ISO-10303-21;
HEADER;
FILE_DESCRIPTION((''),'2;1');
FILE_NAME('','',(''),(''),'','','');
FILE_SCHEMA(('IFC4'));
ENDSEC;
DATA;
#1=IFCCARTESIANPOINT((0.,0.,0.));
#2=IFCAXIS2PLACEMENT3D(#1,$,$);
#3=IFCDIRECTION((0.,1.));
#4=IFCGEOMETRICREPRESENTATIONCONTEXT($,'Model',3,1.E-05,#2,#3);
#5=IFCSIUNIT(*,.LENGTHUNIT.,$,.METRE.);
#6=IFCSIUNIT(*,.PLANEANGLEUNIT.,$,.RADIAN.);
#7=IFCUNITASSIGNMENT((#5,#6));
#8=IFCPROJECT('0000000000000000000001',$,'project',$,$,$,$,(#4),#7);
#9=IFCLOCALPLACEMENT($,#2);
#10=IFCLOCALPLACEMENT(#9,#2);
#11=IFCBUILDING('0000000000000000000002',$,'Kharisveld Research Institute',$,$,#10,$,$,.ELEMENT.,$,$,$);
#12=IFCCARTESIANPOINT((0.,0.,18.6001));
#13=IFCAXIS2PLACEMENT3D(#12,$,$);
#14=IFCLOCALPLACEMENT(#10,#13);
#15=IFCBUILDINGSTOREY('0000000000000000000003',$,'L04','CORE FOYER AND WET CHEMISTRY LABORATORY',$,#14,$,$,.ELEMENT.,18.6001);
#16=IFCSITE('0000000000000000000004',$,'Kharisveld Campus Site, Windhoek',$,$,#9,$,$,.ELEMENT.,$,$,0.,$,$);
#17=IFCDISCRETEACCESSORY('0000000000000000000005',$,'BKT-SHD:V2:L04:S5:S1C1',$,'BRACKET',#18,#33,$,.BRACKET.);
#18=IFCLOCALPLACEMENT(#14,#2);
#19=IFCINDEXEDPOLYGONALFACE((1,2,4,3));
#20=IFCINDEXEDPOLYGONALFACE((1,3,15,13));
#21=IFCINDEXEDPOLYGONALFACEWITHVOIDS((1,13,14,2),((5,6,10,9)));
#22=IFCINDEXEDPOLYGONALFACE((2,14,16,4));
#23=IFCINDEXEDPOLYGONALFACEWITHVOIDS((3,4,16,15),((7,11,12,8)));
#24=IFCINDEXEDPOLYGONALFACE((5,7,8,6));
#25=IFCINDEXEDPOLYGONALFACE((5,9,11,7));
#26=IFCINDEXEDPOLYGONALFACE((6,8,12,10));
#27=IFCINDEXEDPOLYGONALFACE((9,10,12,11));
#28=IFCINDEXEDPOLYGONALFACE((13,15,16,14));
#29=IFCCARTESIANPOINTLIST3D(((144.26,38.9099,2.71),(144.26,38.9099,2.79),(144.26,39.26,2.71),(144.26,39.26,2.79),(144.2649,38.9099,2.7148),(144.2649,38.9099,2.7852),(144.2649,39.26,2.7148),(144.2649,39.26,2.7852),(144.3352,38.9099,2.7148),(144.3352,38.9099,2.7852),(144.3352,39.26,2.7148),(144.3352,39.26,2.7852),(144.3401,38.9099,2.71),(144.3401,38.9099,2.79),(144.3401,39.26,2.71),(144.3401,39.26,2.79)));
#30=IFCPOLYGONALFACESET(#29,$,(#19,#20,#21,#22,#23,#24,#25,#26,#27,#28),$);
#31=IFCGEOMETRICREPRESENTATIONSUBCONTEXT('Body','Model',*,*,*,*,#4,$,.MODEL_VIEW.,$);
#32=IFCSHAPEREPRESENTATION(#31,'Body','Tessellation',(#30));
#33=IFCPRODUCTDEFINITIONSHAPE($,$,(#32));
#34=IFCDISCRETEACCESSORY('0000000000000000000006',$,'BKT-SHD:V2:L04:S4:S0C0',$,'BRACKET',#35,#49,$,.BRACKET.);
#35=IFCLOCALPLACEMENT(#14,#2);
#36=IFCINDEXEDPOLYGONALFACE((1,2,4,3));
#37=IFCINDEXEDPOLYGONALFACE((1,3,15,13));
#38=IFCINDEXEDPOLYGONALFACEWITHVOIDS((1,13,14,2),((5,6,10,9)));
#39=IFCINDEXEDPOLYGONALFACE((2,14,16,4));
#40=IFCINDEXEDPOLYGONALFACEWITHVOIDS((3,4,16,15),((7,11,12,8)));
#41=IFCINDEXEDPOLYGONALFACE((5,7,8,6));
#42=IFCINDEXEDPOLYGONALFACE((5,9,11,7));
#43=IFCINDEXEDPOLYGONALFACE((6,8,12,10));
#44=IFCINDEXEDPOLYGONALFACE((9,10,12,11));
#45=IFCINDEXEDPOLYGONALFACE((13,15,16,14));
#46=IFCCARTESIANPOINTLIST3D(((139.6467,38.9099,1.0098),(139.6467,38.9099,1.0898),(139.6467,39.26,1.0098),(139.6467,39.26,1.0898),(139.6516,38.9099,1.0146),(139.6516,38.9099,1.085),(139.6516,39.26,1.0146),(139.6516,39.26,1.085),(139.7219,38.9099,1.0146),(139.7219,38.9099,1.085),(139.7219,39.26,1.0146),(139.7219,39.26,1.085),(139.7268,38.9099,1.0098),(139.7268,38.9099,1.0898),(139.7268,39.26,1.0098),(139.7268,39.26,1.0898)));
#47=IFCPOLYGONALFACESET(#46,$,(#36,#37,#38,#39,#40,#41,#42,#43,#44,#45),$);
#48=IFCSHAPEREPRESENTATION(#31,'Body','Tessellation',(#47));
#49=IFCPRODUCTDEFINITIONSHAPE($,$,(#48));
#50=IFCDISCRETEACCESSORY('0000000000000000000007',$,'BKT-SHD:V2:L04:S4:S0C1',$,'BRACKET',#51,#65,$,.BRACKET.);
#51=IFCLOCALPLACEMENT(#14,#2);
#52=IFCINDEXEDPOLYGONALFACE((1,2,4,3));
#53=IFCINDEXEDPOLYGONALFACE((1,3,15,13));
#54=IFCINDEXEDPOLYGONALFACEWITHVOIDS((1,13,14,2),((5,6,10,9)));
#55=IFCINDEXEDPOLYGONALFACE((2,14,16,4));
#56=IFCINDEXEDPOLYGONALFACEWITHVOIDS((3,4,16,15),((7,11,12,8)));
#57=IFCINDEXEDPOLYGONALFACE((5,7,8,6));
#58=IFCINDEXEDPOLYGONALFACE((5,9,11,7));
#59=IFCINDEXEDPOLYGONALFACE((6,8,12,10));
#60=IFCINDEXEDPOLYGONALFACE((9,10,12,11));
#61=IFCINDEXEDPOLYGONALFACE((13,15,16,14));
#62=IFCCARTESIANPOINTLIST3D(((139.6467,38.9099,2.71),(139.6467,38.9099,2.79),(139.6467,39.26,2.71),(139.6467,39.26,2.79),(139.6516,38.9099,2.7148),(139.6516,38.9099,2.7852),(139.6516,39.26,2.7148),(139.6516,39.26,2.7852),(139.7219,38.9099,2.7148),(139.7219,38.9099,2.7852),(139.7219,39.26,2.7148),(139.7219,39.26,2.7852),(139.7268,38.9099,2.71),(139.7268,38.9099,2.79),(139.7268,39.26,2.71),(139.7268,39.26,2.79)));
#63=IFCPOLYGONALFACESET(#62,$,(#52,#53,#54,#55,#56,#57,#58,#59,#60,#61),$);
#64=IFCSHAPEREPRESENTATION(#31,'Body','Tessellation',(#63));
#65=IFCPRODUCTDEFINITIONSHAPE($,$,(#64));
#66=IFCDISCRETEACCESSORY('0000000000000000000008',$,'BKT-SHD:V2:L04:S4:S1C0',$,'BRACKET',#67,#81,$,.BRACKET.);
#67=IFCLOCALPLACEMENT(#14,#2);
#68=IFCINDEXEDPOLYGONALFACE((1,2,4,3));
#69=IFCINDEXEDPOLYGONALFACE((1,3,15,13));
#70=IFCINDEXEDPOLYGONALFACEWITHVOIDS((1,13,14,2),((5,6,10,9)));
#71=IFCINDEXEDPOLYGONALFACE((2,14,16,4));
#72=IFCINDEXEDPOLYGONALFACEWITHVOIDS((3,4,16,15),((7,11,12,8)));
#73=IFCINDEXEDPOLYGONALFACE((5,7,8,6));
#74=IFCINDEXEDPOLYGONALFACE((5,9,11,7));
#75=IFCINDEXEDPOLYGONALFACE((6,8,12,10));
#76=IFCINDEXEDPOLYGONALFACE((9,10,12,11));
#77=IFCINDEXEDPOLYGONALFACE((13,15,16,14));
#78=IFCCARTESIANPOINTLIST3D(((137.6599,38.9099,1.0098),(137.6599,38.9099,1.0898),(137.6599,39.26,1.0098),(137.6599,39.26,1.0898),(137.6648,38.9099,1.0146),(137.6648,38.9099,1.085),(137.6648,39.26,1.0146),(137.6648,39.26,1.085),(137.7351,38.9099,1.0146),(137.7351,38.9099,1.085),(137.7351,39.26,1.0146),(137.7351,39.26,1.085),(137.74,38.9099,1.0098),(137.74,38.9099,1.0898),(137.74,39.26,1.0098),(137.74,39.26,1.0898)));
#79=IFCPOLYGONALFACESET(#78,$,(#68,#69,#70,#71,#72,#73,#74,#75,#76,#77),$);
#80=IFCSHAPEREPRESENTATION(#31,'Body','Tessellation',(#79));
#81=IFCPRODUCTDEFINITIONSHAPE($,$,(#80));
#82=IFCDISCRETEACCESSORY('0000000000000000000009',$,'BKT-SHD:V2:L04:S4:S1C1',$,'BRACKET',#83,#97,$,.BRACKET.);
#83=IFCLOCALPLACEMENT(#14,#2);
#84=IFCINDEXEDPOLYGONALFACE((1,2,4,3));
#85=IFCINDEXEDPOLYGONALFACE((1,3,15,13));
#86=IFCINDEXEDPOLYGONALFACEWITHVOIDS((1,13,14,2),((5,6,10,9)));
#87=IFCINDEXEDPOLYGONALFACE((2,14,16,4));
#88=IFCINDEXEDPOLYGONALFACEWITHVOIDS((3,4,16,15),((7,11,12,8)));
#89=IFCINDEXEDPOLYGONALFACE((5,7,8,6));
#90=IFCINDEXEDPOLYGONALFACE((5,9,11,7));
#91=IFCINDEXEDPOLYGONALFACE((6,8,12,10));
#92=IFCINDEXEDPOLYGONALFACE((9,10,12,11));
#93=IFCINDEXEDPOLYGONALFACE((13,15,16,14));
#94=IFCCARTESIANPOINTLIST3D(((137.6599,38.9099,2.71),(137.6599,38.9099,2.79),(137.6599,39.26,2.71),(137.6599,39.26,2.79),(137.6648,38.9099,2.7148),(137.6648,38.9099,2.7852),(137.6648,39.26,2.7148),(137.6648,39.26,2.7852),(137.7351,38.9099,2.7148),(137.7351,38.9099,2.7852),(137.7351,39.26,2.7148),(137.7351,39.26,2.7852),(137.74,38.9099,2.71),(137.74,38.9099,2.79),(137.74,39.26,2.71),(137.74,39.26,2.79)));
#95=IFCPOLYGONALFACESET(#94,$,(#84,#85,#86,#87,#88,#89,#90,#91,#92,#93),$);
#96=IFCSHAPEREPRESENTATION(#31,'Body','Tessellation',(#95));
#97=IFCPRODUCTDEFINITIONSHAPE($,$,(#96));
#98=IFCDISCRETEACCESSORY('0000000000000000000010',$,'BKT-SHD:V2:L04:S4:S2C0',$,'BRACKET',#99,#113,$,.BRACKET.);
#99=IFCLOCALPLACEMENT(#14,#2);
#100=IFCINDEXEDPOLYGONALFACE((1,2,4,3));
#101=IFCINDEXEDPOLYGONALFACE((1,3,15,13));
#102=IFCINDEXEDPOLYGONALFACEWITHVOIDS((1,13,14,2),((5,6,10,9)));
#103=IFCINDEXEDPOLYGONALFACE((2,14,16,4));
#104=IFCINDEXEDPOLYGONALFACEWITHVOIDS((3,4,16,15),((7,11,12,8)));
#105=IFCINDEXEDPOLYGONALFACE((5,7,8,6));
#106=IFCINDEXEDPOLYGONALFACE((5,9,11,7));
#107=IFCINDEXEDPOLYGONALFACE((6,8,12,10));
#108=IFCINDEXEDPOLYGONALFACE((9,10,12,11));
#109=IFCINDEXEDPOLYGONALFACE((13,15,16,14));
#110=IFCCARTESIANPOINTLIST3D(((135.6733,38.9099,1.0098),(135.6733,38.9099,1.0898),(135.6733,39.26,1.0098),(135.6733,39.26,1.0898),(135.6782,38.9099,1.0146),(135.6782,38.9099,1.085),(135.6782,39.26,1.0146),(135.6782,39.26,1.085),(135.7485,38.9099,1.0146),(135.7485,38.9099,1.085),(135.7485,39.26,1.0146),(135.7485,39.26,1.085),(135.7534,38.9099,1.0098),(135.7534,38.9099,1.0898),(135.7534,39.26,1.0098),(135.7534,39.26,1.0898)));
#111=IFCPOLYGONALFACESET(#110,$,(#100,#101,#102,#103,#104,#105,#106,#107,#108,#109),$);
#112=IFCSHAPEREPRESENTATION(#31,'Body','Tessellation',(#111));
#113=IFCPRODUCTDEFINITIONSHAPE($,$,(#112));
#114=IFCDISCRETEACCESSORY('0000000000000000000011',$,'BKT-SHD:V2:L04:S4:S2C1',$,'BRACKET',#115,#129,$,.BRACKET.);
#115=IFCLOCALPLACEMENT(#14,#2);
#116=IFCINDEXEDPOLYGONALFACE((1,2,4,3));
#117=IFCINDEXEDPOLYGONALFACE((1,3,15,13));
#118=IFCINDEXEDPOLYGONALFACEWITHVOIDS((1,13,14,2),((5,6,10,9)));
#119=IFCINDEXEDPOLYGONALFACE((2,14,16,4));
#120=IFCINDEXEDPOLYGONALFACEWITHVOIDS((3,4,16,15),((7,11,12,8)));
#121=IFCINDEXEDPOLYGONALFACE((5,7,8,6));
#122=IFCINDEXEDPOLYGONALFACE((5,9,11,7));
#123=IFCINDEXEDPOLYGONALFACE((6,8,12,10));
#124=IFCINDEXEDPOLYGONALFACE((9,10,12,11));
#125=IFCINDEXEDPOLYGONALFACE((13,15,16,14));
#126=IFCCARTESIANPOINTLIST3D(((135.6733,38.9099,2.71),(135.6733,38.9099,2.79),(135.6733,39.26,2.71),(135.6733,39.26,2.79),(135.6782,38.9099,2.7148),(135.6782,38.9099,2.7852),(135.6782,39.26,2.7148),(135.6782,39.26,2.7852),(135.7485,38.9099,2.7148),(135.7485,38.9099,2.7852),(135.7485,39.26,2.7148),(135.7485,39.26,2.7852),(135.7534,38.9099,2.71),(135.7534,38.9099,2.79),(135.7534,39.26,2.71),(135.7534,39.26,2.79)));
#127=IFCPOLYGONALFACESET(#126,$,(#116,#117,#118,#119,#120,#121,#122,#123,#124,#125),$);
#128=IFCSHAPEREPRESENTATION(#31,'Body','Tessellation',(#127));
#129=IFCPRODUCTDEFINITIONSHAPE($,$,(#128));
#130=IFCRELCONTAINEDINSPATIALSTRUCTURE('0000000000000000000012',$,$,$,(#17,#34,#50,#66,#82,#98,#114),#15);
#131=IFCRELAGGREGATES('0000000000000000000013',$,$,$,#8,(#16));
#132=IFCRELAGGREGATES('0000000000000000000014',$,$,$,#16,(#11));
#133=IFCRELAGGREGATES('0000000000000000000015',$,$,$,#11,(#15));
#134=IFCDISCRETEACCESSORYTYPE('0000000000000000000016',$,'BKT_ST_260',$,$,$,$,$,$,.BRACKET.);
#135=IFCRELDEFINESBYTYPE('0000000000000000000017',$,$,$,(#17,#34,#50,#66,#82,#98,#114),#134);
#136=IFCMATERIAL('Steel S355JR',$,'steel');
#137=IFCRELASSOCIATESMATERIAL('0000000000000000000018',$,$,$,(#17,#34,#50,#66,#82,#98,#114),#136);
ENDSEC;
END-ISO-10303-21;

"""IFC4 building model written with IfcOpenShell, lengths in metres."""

from ifc_helpers import new_model, si_unit, direction, frame, origin, origin_2d, place, context, subcontext, project, spatial, hollow_rectangle, extrude, material, type_object, element, save


model = new_model("IFC4")

# Units and contexts
model_context = context("Model", 3, precision=1e-05, world=origin(), true_north=direction((0.0, 1.0)))
body_context = subcontext(model_context, "Body", "Model", "MODEL_VIEW")
ifc_project = project(units=[si_unit("LENGTHUNIT", "METRE"), si_unit("PLANEANGLEUNIT", "RADIAN")], contexts=[model_context])

# Site, building, storey
site_placement = place(None, origin())
site = spatial("IfcSite", under=ifc_project, at=site_placement, Name="Kharisveld Campus Site, Windhoek", CompositionType="ELEMENT", RefElevation=0.0)
building_placement = place(site_placement, origin())
building = spatial("IfcBuilding", under=site, at=building_placement, Name="Kharisveld Research Institute", CompositionType="ELEMENT")
storey_placement = place(building_placement, frame((0.0, 0.0, 18.6001)))
storey = spatial("IfcBuildingStorey", under=building, at=storey_placement, Name="L04", Description="CORE FOYER AND WET CHEMISTRY LABORATORY", CompositionType="ELEMENT", Elevation=18.6001)

# Discrete accessories
ifc_material_1 = material(Name="Steel S355JR", Category="steel")
discrete_accessory_type = type_object("IfcDiscreteAccessoryType", Name="BKT_ST_260", PredefinedType="BRACKET")
for number, where, z_axis, x_axis, name in (
    (1, (144.3, 39.26, 2.75), (0.0, -1.0, 0.0), (1.0, 0.0, 0.0), "BKT-SHD:V2:L04:S5:S1C1"),
    (2, (139.6868, 39.26, 1.0498), (0.0, -1.0, 0.0), (1.0, 0.0, 0.0), "BKT-SHD:V2:L04:S4:S0C0"),
    (3, (139.6868, 39.26, 2.75), (0.0, -1.0, 0.0), (1.0, 0.0, 0.0), "BKT-SHD:V2:L04:S4:S0C1"),
    (4, (137.7, 39.26, 1.0498), (0.0, -1.0, 0.0), (1.0, 0.0, 0.0), "BKT-SHD:V2:L04:S4:S1C0"),
    (5, (137.7, 39.26, 2.75), (0.0, -1.0, 0.0), (1.0, 0.0, 0.0), "BKT-SHD:V2:L04:S4:S1C1"),
    (6, (135.7134, 39.26, 1.0498), (0.0, -1.0, 0.0), (1.0, 0.0, 0.0), "BKT-SHD:V2:L04:S4:S2C0"),
    (7, (135.7134, 39.26, 2.75), (0.0, -1.0, 0.0), (1.0, 0.0, 0.0), "BKT-SHD:V2:L04:S4:S2C1"),
):
    element("IfcDiscreteAccessory", number, at=place(storey_placement, frame(where, z_axis=z_axis, x_axis=x_axis)), inside=storey, type_object=discrete_accessory_type, material=ifc_material_1, Name=name, ObjectType="BRACKET", PredefinedType="BRACKET", context=body_context, shape_type="SweptSolid", body=[
        extrude(hollow_rectangle(XDim=0.0801, YDim=0.0801, WallThickness=0.0049, at=origin_2d()), origin(), (0.0, 0.0, 1.0), 0.3501),
    ])

save(model, "model.ifc")
